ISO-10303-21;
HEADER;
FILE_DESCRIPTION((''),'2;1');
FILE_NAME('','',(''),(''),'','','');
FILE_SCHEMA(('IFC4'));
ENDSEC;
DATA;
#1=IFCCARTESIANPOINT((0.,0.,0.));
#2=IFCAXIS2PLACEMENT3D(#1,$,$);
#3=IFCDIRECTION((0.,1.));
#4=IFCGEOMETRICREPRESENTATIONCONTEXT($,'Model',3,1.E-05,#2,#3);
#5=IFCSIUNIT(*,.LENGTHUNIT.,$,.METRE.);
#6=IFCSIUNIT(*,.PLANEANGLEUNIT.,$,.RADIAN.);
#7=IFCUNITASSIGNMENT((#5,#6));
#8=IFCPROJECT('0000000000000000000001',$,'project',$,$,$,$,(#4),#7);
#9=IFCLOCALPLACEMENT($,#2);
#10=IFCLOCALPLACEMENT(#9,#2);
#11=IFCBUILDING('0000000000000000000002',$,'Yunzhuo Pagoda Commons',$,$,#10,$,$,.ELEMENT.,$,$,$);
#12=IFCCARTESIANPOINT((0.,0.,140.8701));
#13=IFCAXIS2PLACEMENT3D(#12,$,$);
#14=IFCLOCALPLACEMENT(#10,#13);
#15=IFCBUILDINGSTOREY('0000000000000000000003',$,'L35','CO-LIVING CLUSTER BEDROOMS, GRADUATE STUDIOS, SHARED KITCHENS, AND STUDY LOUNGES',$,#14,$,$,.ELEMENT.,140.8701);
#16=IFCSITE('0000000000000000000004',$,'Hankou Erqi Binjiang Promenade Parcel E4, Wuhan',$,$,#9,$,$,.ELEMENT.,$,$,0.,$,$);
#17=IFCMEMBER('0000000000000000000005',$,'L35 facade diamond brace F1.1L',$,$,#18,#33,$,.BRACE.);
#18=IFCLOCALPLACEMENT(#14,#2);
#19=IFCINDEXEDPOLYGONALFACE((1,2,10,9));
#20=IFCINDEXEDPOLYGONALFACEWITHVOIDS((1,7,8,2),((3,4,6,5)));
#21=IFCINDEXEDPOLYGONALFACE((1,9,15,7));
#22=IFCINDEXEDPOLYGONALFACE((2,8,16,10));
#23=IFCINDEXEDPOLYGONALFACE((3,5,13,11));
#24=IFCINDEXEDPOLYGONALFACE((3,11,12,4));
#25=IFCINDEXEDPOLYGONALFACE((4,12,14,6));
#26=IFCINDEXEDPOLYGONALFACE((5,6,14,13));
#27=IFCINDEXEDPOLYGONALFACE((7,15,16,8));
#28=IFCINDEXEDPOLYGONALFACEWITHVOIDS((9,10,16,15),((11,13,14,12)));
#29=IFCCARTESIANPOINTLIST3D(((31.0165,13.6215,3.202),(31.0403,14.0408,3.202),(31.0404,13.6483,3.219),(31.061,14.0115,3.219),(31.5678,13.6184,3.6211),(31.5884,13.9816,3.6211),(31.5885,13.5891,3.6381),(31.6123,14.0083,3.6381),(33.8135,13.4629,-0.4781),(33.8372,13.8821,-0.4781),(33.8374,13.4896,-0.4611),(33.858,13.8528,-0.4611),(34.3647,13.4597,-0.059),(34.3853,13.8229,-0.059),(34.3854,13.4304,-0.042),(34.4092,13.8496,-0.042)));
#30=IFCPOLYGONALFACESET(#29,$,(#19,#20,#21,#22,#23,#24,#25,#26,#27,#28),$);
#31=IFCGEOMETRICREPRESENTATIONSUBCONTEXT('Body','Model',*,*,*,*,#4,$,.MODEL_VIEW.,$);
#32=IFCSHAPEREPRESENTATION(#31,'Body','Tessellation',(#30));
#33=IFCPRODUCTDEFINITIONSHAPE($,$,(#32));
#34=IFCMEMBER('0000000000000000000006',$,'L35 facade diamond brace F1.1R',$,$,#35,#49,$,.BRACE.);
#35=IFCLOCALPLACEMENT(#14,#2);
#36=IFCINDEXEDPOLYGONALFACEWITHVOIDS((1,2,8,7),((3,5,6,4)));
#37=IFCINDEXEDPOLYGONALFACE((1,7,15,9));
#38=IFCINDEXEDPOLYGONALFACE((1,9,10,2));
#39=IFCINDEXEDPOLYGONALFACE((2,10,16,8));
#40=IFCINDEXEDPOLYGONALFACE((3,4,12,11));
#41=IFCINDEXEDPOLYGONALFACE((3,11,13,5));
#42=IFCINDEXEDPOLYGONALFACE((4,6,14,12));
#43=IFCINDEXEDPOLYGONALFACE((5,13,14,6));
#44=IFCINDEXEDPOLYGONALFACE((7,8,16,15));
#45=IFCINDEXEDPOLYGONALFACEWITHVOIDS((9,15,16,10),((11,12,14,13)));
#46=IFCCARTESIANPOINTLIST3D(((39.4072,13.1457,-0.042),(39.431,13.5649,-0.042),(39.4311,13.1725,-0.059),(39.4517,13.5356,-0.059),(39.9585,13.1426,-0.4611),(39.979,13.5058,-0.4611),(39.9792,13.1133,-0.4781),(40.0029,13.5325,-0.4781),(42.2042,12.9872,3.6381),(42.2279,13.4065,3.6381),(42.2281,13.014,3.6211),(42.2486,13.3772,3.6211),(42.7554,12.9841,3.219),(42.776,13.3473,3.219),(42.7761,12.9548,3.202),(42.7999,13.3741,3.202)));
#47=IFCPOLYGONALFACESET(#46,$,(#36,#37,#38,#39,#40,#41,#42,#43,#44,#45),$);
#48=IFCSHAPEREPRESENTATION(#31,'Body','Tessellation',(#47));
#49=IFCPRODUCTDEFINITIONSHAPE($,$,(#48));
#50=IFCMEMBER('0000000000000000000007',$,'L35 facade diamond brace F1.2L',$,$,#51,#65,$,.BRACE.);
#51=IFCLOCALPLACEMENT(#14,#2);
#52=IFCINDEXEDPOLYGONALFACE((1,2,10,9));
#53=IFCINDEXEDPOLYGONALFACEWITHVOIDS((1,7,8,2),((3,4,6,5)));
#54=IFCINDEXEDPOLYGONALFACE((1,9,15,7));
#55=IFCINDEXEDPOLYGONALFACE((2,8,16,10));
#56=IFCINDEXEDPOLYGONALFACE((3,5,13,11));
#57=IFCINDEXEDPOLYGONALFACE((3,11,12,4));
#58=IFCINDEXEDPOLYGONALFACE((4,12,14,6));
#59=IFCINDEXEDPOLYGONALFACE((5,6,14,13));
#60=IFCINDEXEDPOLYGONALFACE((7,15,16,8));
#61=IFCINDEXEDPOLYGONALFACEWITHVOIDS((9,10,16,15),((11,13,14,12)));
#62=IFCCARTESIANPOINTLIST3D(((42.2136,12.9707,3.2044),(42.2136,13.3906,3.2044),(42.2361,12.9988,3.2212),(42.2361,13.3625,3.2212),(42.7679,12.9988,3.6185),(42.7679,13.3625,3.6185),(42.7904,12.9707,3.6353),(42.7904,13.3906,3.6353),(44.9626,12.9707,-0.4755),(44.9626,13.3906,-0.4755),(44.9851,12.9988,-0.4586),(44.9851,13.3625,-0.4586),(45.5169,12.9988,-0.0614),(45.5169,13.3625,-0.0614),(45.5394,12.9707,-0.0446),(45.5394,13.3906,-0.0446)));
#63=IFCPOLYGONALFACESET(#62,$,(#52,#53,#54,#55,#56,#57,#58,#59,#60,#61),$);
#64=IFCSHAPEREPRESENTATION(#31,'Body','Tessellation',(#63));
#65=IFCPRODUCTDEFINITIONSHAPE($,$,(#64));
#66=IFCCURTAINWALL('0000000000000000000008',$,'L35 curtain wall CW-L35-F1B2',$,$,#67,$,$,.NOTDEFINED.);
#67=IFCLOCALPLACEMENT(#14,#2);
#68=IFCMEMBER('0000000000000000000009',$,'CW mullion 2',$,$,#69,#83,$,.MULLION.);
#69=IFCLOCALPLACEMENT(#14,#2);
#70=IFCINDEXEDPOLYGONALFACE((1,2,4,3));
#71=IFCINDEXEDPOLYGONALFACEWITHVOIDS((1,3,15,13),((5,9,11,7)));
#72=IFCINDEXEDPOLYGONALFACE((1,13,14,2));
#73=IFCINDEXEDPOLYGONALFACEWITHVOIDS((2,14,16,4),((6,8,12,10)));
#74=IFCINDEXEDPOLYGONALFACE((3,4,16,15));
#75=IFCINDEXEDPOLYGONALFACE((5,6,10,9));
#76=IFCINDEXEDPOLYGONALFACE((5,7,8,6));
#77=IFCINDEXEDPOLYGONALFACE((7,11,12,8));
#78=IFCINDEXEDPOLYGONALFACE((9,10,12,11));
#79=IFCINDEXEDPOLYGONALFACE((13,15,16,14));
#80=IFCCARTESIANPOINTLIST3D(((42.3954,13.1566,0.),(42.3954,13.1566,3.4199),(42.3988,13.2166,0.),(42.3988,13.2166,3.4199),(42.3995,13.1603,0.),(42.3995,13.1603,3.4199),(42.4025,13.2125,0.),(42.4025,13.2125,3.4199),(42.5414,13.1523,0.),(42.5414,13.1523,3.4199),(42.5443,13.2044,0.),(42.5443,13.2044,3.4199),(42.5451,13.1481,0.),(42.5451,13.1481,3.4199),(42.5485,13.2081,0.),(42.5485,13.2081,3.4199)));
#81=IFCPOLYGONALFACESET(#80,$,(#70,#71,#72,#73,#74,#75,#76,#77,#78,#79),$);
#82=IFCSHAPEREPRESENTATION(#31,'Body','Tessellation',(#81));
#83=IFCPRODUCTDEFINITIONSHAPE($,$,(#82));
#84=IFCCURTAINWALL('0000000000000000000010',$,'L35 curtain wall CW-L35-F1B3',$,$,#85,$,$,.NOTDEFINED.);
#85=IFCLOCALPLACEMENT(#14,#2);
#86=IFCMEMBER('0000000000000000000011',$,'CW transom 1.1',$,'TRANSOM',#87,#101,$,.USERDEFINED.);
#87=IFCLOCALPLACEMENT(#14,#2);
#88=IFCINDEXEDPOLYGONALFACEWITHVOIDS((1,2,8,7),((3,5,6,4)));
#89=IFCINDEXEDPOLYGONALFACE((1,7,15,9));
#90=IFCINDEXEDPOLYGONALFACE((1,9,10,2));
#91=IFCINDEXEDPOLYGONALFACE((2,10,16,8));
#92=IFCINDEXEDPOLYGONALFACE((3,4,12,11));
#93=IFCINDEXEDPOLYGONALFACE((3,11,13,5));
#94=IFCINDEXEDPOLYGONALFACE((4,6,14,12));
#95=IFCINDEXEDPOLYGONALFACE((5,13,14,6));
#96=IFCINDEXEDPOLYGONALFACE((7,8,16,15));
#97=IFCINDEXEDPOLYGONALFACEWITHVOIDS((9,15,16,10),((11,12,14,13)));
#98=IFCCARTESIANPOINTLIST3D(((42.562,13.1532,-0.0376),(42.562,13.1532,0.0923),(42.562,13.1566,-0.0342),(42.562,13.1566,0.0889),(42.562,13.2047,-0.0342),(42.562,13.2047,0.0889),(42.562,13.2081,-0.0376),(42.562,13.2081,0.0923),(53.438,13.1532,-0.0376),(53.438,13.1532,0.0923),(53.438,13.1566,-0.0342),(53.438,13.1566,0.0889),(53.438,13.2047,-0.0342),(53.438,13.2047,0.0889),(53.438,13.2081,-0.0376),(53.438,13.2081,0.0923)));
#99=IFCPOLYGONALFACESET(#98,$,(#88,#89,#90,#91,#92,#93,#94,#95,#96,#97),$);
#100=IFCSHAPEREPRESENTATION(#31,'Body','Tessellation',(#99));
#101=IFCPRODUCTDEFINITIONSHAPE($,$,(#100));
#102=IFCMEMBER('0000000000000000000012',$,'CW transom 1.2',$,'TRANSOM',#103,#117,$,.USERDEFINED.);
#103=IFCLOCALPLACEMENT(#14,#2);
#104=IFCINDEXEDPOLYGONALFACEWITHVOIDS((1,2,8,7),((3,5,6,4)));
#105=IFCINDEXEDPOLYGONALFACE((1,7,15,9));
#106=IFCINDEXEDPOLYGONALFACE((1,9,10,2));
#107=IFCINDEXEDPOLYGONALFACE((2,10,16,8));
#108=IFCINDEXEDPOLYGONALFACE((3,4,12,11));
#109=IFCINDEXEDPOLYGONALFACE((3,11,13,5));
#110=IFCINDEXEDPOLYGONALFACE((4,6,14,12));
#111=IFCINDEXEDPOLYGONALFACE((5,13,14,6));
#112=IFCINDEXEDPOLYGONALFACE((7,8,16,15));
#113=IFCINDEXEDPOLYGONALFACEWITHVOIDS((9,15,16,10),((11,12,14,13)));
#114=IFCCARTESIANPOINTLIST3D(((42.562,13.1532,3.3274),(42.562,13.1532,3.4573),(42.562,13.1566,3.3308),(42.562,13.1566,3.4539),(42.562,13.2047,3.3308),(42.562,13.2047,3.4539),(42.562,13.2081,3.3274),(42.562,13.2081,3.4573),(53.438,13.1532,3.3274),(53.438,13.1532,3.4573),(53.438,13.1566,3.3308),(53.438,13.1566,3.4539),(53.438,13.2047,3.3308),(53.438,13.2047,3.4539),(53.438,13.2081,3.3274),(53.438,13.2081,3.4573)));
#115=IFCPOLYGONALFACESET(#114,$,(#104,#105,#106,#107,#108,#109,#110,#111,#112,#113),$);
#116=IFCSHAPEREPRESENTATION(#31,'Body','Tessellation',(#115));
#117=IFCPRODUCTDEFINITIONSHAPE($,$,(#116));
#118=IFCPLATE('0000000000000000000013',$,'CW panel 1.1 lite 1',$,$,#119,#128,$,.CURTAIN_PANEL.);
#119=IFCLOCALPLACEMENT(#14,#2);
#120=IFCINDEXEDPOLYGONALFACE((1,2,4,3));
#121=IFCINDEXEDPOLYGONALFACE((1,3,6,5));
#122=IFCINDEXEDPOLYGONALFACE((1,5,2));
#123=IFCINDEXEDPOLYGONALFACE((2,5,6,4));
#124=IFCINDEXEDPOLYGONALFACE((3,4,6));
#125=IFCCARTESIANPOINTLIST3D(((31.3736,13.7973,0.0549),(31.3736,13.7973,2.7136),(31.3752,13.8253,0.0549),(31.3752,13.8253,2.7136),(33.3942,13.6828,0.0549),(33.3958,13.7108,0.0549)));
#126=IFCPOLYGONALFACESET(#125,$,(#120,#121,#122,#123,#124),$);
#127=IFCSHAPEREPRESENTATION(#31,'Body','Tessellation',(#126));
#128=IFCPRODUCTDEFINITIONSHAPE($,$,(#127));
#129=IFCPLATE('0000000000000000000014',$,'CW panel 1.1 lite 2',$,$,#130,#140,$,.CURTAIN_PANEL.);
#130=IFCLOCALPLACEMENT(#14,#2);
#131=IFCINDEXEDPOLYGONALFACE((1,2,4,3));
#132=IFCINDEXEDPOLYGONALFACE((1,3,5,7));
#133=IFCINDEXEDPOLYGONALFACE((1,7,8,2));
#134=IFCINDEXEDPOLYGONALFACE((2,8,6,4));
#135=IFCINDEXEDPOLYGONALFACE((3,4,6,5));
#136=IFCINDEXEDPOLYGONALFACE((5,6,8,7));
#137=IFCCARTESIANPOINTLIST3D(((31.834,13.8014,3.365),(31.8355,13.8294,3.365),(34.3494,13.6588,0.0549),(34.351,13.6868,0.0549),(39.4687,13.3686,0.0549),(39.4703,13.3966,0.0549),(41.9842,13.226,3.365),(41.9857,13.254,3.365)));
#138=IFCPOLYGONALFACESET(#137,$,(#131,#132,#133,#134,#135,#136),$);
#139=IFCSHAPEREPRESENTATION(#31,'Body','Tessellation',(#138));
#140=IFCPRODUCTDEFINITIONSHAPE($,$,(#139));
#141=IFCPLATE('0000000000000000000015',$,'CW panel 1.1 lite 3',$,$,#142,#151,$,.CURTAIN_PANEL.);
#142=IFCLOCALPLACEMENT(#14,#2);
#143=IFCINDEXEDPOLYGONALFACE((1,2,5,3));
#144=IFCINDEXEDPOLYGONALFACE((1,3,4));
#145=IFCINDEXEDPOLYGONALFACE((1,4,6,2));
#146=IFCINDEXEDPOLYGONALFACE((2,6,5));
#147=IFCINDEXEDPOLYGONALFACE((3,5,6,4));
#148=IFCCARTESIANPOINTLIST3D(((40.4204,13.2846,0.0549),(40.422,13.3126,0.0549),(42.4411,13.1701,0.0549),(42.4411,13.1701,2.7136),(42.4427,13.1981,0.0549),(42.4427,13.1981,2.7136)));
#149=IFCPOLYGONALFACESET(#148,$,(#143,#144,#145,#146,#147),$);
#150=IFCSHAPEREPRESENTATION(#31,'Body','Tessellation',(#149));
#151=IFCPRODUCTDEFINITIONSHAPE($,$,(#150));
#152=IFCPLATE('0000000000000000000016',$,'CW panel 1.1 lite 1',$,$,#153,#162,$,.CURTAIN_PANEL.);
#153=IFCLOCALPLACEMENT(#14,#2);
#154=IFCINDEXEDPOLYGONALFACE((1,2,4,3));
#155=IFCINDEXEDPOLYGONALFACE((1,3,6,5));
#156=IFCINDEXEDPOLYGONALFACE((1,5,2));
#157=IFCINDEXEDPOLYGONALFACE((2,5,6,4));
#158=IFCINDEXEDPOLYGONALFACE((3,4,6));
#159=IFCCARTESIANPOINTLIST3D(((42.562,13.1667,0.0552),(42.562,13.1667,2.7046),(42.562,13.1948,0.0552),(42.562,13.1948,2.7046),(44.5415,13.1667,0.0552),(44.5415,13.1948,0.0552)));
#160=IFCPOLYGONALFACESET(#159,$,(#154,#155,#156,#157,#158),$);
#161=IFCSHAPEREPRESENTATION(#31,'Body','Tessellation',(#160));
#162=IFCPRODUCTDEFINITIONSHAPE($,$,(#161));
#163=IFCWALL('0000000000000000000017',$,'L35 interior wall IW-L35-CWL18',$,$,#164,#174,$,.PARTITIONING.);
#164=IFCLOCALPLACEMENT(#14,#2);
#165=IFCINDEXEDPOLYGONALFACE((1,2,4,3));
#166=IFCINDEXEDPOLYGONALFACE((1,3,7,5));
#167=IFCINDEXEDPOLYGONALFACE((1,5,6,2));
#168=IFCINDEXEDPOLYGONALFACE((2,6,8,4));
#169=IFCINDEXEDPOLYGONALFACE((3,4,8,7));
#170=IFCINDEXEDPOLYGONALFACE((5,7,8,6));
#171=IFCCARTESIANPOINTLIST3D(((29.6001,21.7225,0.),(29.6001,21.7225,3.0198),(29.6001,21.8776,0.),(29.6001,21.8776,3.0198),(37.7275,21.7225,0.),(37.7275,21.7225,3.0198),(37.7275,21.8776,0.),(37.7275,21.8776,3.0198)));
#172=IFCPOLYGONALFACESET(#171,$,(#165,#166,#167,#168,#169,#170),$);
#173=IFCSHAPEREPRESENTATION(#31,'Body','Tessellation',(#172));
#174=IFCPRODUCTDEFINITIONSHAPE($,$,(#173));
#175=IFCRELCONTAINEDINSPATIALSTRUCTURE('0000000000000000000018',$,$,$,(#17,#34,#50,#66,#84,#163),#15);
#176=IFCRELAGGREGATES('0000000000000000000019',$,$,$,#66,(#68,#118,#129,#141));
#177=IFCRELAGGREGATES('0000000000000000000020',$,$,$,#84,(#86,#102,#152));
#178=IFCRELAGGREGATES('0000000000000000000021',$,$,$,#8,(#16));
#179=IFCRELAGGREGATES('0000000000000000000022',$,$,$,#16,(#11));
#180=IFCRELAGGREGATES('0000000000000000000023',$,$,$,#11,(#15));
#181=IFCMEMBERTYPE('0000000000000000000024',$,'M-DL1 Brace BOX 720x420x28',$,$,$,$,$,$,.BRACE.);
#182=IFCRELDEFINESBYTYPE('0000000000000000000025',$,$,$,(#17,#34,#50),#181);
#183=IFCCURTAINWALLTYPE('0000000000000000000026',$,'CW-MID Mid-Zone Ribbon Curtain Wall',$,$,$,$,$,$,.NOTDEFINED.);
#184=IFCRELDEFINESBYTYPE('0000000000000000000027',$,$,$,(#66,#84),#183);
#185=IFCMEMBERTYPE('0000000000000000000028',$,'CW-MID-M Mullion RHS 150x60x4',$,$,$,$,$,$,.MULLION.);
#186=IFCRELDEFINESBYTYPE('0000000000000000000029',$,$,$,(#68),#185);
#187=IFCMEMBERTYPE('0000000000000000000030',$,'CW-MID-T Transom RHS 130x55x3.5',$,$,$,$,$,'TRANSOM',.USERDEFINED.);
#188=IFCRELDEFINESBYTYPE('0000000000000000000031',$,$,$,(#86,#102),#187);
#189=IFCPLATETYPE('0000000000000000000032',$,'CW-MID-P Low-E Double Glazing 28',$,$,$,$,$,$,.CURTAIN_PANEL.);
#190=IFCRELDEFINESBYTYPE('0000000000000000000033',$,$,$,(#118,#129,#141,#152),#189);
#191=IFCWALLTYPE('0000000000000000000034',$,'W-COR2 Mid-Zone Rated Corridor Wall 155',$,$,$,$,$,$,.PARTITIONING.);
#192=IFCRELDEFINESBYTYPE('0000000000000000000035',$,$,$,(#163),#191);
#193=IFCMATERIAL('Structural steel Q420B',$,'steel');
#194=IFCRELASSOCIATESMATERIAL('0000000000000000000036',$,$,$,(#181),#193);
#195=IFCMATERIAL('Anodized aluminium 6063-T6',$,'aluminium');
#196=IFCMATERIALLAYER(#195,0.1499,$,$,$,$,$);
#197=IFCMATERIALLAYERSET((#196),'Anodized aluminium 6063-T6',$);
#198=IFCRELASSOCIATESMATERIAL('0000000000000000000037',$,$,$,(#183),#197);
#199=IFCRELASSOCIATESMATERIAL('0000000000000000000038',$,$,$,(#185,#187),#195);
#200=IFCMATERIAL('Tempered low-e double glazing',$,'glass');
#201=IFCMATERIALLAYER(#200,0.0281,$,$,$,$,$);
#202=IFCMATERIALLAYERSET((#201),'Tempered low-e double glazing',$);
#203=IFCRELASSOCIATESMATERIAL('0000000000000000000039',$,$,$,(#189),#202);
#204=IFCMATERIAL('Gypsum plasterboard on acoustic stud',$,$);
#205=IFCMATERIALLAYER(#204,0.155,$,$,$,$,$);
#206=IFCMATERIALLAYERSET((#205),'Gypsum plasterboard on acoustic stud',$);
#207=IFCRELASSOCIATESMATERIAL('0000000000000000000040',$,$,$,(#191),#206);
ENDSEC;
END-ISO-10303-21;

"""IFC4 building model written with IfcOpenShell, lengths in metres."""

from ifc_helpers import new_model, si_unit, direction, frame, frame_2d, origin, origin_2d, place, context, subcontext, project, spatial, polyline, rectangle, hollow_rectangle, outline, extrude, source, transform, mapped, material, layer, layer_set, material_profile, profile_set, type_object, element, aggregate, save


model = new_model("IFC4")

# Units and contexts
model_context = context("Model", 3, precision=1e-05, world=origin(), true_north=direction((0.0, 1.0)))
body_context = subcontext(model_context, "Body", "Model", "MODEL_VIEW")
ifc_project = project(units=[si_unit("LENGTHUNIT", "METRE"), si_unit("PLANEANGLEUNIT", "RADIAN")], contexts=[model_context])

# Site, building, storey
site_placement = place(None, origin())
site = spatial("IfcSite", under=ifc_project, at=site_placement, Name="Hankou Erqi Binjiang Promenade Parcel E4, Wuhan", CompositionType="ELEMENT", RefElevation=0.0)
building_placement = place(site_placement, origin())
building = spatial("IfcBuilding", under=site, at=building_placement, Name="Yunzhuo Pagoda Commons", CompositionType="ELEMENT")
storey_placement = place(building_placement, frame((0.0, 0.0, 140.8701)))
storey = spatial("IfcBuildingStorey", under=building, at=storey_placement, Name="L35", Description="CO-LIVING CLUSTER BEDROOMS, GRADUATE STUDIOS, SHARED KITCHENS, AND STUDY LOUNGES", CompositionType="ELEMENT", Elevation=140.8701)

# Shared definitions
ifc_material_1 = material(Name="Structural steel Q420B", Category="steel")

# Members
ifc_material_profile_1 = material_profile(ifc_material_1, hollow_rectangle(XDim=0.4199, YDim=0.72, WallThickness=0.0281, at=origin_2d()), Name="Structural steel Q420B")
ifc_profile_set_1 = profile_set([ifc_material_profile_1], Name="Structural steel Q420B")
member_type_1 = type_object("IfcMemberType", Name="M-DL1 Brace BOX 720x420x28", PredefinedType="BRACE", material=ifc_profile_set_1)
shared_shape_1 = source(origin(), body_context, "Body", "SweptSolid", [
    extrude(hollow_rectangle(XDim=0.4199, YDim=0.72, WallThickness=0.0281, at=origin_2d()), origin(), (0.0, 0.0, 1.0), 4.625),
])
for number, where, z_axis, x_axis, name in (
    (1, (34.1113, 13.6562, -0.26), (-0.604744, 0.034312, 0.79568), (-0.056648, -0.998394, 0.0), "L35 facade diamond brace F1.1L"),
    (2, (39.7051, 13.3391, -0.26), (0.604745, -0.03426, 0.795682), (0.056561, 0.998399, 0.0), "L35 facade diamond brace F1.1R"),
):
    element("IfcMember", number, at=place(storey_placement, frame(where, z_axis=z_axis, x_axis=x_axis)), inside=storey, type_object=member_type_1, Name=name, PredefinedType="BRACE", context=body_context, shape_type="MappedRepresentation", body=[
        mapped(shared_shape_1, transform((0.0, 0.0, 0.0), scale=1.0)),
    ])
shared_shape_2 = source(origin(), body_context, "Body", "SweptSolid", [
    extrude(hollow_rectangle(XDim=0.4199, YDim=0.72, WallThickness=0.0281, at=origin_2d()), origin(), (0.0, 0.0, 1.0), 4.5933),
])
member_1_placement = place(storey_placement, frame((45.251, 13.1807, -0.26), z_axis=(-0.598477, 0.0, 0.80114), x_axis=(0.0, -1.0, 0.0)))
element("IfcMember", 3, at=member_1_placement, inside=storey, type_object=member_type_1, Name="L35 facade diamond brace F1.2L", PredefinedType="BRACE", context=body_context, shape_type="MappedRepresentation", body=[
    mapped(shared_shape_2, transform((0.0, 0.0, 0.0), scale=1.0)),
])

# Curtain wall, member
ifc_material_2 = material(Name="Anodized aluminium 6063-T6", Category="aluminium")
ifc_layer_1 = layer(ifc_material_2, 0.1499)
ifc_layer_set_1 = layer_set([ifc_layer_1], Name="Anodized aluminium 6063-T6")
curtain_wall_type = type_object("IfcCurtainWallType", Name="CW-MID Mid-Zone Ribbon Curtain Wall", PredefinedType="NOTDEFINED", material=ifc_layer_set_1)
curtain_wall_1_placement = place(storey_placement, origin())
curtain_wall_1 = element("IfcCurtainWall", 4, at=curtain_wall_1_placement, inside=storey, type_object=curtain_wall_type, Name="L35 curtain wall CW-L35-F1B2", PredefinedType="NOTDEFINED")
ifc_material_profile_2 = material_profile(ifc_material_2, hollow_rectangle(XDim=0.0601, YDim=0.1499, WallThickness=0.0039, at=origin_2d()), Name="Anodized aluminium 6063-T6")
ifc_profile_set_2 = profile_set([ifc_material_profile_2], Name="Anodized aluminium 6063-T6")
member_type_2 = type_object("IfcMemberType", Name="CW-MID-M Mullion RHS 150x60x4", PredefinedType="MULLION", material=ifc_profile_set_2)
shared_shape_3 = source(origin(), body_context, "Body", "SweptSolid", [
    extrude(hollow_rectangle(XDim=0.0601, YDim=0.1499, WallThickness=0.0039, at=origin_2d()), origin(), (0.0, 0.0, 1.0), 3.4199),
])
member_2_placement = place(storey_placement, frame((42.4719, 13.1824, 0.0), z_axis=(0.0, 0.0, 1.0), x_axis=(0.056597, 0.998397, 0.0)))
member_2 = element("IfcMember", 5, at=member_2_placement, type_object=member_type_2, Name="CW mullion 2", PredefinedType="MULLION", context=body_context, shape_type="MappedRepresentation", body=[
    mapped(shared_shape_3, transform((0.0, 0.0, 0.0), scale=1.0)),
])

# Curtain wall, members
curtain_wall_2_placement = place(storey_placement, origin())
curtain_wall_2 = element("IfcCurtainWall", 6, at=curtain_wall_2_placement, inside=storey, type_object=curtain_wall_type, Name="L35 curtain wall CW-L35-F1B3", PredefinedType="NOTDEFINED")
ifc_material_profile_3 = material_profile(ifc_material_2, hollow_rectangle(XDim=0.0549, YDim=0.1299, WallThickness=0.0034, at=origin_2d()), Name="Anodized aluminium 6063-T6")
ifc_profile_set_3 = profile_set([ifc_material_profile_3], Name="Anodized aluminium 6063-T6")
member_type_3 = type_object("IfcMemberType", Name="CW-MID-T Transom RHS 130x55x3.5", ElementType="TRANSOM", PredefinedType="USERDEFINED", material=ifc_profile_set_3)
shared_shape_4 = source(origin(), body_context, "Body", "SweptSolid", [
    extrude(hollow_rectangle(XDim=0.0549, YDim=0.1299, WallThickness=0.0034, at=origin_2d()), origin(), (0.0, 0.0, 1.0), 10.876),
])
member_3_placement = place(storey_placement, frame((42.562, 13.1807, 0.0273), z_axis=(1.0, 0.0, 0.0), x_axis=(0.0, 1.0, 0.0)))
member_3 = element("IfcMember", 7, at=member_3_placement, type_object=member_type_3, Name="CW transom 1.1", ObjectType="TRANSOM", PredefinedType="USERDEFINED", context=body_context, shape_type="MappedRepresentation", body=[
    mapped(shared_shape_4, transform((0.0, 0.0, 0.0), scale=1.0)),
])
member_4_placement = place(storey_placement, frame((42.562, 13.1807, 3.3923), z_axis=(1.0, 0.0, 0.0), x_axis=(0.0, 1.0, 0.0)))
member_4 = element("IfcMember", 8, at=member_4_placement, type_object=member_type_3, Name="CW transom 1.2", ObjectType="TRANSOM", PredefinedType="USERDEFINED", context=body_context, shape_type="MappedRepresentation", body=[
    mapped(shared_shape_4, transform((0.0, 0.0, 0.0), scale=1.0)),
])

# Plates
ifc_material_3 = material(Name="Tempered low-e double glazing", Category="glass")
ifc_layer_2 = layer(ifc_material_3, 0.0281)
ifc_layer_set_2 = layer_set([ifc_layer_2], Name="Tempered low-e double glazing")
plate_type = type_object("IfcPlateType", Name="CW-MID-P Low-E Double Glazing 28", PredefinedType="CURTAIN_PANEL", material=ifc_layer_set_2)
plate_1_placement = place(storey_placement, frame((32.3855, 13.7681, 1.3843), z_axis=(-0.056597, -0.998397, 0.0), x_axis=(0.998397, -0.056597, 0.0)))
plate_1 = element("IfcPlate", 9, at=plate_1_placement, type_object=plate_type, Name="CW panel 1.1 lite 1", PredefinedType="CURTAIN_PANEL", context=body_context, shape_type="SweptSolid", body=[
    extrude(outline(polyline([(-1.012, -1.3293), (1.012, -1.3293), (-1.012, 1.3293), (-1.012, -1.3293)])), origin(), (0.0, 0.0, 1.0), 0.0281),
])
plate_2_placement = place(storey_placement, frame((36.9106, 13.5417, 1.71), z_axis=(-0.056597, -0.998397, 0.0), x_axis=(0.998397, -0.056597, 0.0)))
plate_2 = element("IfcPlate", 10, at=plate_2_placement, type_object=plate_type, Name="CW panel 1.1 lite 2", PredefinedType="CURTAIN_PANEL", context=body_context, shape_type="SweptSolid", body=[
    extrude(outline(polyline([(-5.0833, 1.655), (-2.5637, -1.655), (2.5637, -1.655), (5.0833, 1.655), (-5.0833, 1.655)])), origin(), (0.0, 0.0, 1.0), 0.0281),
])
plate_3_placement = place(storey_placement, frame((41.4324, 13.2554, 1.3843), z_axis=(-0.056597, -0.998397, 0.0), x_axis=(0.998397, -0.056597, 0.0)))
plate_3 = element("IfcPlate", 11, at=plate_3_placement, type_object=plate_type, Name="CW panel 1.1 lite 3", PredefinedType="CURTAIN_PANEL", context=body_context, shape_type="SweptSolid", body=[
    extrude(outline(polyline([(-1.012, -1.3293), (1.012, -1.3293), (1.012, 1.3293), (-1.012, -1.3293)])), origin(), (0.0, 0.0, 1.0), 0.0281),
])
aggregate(curtain_wall_1, [member_2, plate_1, plate_2, plate_3])
plate_4_placement = place(storey_placement, frame((43.5518, 13.1948, 1.3799), z_axis=(0.0, -1.0, 0.0), x_axis=(1.0, 0.0, 0.0)))
plate_4 = element("IfcPlate", 12, at=plate_4_placement, type_object=plate_type, Name="CW panel 1.1 lite 1", PredefinedType="CURTAIN_PANEL", context=body_context, shape_type="SweptSolid", body=[
    extrude(outline(polyline([(-0.9897, -1.3247), (0.9897, -1.3247), (-0.9897, 1.3247), (-0.9897, -1.3247)])), origin(), (0.0, 0.0, 1.0), 0.0281),
])
aggregate(curtain_wall_2, [member_3, member_4, plate_4])

# Wall
ifc_material_4 = material(Name="Gypsum plasterboard on acoustic stud")
ifc_layer_3 = layer(ifc_material_4, 0.155)
ifc_layer_set_3 = layer_set([ifc_layer_3], Name="Gypsum plasterboard on acoustic stud")
wall_type_1 = type_object("IfcWallType", Name="W-COR2 Mid-Zone Rated Corridor Wall 155", PredefinedType="PARTITIONING", material=ifc_layer_set_3)
wall_1_placement = place(storey_placement, frame((37.7275, 21.8, 0.0), z_axis=(0.0, 0.0, 1.0), x_axis=(-1.0, 0.0, 0.0)))
element("IfcWall", 13, at=wall_1_placement, inside=storey, type_object=wall_type_1, Name="L35 interior wall IW-L35-CWL18", PredefinedType="PARTITIONING", context=body_context, shape_type="SweptSolid", body=[
    extrude(rectangle(XDim=8.1274, YDim=0.155, at=frame_2d((4.0637, 0.0))), origin(), (0.0, 0.0, 1.0), 3.0198),
])

save(model, "model.ifc")
